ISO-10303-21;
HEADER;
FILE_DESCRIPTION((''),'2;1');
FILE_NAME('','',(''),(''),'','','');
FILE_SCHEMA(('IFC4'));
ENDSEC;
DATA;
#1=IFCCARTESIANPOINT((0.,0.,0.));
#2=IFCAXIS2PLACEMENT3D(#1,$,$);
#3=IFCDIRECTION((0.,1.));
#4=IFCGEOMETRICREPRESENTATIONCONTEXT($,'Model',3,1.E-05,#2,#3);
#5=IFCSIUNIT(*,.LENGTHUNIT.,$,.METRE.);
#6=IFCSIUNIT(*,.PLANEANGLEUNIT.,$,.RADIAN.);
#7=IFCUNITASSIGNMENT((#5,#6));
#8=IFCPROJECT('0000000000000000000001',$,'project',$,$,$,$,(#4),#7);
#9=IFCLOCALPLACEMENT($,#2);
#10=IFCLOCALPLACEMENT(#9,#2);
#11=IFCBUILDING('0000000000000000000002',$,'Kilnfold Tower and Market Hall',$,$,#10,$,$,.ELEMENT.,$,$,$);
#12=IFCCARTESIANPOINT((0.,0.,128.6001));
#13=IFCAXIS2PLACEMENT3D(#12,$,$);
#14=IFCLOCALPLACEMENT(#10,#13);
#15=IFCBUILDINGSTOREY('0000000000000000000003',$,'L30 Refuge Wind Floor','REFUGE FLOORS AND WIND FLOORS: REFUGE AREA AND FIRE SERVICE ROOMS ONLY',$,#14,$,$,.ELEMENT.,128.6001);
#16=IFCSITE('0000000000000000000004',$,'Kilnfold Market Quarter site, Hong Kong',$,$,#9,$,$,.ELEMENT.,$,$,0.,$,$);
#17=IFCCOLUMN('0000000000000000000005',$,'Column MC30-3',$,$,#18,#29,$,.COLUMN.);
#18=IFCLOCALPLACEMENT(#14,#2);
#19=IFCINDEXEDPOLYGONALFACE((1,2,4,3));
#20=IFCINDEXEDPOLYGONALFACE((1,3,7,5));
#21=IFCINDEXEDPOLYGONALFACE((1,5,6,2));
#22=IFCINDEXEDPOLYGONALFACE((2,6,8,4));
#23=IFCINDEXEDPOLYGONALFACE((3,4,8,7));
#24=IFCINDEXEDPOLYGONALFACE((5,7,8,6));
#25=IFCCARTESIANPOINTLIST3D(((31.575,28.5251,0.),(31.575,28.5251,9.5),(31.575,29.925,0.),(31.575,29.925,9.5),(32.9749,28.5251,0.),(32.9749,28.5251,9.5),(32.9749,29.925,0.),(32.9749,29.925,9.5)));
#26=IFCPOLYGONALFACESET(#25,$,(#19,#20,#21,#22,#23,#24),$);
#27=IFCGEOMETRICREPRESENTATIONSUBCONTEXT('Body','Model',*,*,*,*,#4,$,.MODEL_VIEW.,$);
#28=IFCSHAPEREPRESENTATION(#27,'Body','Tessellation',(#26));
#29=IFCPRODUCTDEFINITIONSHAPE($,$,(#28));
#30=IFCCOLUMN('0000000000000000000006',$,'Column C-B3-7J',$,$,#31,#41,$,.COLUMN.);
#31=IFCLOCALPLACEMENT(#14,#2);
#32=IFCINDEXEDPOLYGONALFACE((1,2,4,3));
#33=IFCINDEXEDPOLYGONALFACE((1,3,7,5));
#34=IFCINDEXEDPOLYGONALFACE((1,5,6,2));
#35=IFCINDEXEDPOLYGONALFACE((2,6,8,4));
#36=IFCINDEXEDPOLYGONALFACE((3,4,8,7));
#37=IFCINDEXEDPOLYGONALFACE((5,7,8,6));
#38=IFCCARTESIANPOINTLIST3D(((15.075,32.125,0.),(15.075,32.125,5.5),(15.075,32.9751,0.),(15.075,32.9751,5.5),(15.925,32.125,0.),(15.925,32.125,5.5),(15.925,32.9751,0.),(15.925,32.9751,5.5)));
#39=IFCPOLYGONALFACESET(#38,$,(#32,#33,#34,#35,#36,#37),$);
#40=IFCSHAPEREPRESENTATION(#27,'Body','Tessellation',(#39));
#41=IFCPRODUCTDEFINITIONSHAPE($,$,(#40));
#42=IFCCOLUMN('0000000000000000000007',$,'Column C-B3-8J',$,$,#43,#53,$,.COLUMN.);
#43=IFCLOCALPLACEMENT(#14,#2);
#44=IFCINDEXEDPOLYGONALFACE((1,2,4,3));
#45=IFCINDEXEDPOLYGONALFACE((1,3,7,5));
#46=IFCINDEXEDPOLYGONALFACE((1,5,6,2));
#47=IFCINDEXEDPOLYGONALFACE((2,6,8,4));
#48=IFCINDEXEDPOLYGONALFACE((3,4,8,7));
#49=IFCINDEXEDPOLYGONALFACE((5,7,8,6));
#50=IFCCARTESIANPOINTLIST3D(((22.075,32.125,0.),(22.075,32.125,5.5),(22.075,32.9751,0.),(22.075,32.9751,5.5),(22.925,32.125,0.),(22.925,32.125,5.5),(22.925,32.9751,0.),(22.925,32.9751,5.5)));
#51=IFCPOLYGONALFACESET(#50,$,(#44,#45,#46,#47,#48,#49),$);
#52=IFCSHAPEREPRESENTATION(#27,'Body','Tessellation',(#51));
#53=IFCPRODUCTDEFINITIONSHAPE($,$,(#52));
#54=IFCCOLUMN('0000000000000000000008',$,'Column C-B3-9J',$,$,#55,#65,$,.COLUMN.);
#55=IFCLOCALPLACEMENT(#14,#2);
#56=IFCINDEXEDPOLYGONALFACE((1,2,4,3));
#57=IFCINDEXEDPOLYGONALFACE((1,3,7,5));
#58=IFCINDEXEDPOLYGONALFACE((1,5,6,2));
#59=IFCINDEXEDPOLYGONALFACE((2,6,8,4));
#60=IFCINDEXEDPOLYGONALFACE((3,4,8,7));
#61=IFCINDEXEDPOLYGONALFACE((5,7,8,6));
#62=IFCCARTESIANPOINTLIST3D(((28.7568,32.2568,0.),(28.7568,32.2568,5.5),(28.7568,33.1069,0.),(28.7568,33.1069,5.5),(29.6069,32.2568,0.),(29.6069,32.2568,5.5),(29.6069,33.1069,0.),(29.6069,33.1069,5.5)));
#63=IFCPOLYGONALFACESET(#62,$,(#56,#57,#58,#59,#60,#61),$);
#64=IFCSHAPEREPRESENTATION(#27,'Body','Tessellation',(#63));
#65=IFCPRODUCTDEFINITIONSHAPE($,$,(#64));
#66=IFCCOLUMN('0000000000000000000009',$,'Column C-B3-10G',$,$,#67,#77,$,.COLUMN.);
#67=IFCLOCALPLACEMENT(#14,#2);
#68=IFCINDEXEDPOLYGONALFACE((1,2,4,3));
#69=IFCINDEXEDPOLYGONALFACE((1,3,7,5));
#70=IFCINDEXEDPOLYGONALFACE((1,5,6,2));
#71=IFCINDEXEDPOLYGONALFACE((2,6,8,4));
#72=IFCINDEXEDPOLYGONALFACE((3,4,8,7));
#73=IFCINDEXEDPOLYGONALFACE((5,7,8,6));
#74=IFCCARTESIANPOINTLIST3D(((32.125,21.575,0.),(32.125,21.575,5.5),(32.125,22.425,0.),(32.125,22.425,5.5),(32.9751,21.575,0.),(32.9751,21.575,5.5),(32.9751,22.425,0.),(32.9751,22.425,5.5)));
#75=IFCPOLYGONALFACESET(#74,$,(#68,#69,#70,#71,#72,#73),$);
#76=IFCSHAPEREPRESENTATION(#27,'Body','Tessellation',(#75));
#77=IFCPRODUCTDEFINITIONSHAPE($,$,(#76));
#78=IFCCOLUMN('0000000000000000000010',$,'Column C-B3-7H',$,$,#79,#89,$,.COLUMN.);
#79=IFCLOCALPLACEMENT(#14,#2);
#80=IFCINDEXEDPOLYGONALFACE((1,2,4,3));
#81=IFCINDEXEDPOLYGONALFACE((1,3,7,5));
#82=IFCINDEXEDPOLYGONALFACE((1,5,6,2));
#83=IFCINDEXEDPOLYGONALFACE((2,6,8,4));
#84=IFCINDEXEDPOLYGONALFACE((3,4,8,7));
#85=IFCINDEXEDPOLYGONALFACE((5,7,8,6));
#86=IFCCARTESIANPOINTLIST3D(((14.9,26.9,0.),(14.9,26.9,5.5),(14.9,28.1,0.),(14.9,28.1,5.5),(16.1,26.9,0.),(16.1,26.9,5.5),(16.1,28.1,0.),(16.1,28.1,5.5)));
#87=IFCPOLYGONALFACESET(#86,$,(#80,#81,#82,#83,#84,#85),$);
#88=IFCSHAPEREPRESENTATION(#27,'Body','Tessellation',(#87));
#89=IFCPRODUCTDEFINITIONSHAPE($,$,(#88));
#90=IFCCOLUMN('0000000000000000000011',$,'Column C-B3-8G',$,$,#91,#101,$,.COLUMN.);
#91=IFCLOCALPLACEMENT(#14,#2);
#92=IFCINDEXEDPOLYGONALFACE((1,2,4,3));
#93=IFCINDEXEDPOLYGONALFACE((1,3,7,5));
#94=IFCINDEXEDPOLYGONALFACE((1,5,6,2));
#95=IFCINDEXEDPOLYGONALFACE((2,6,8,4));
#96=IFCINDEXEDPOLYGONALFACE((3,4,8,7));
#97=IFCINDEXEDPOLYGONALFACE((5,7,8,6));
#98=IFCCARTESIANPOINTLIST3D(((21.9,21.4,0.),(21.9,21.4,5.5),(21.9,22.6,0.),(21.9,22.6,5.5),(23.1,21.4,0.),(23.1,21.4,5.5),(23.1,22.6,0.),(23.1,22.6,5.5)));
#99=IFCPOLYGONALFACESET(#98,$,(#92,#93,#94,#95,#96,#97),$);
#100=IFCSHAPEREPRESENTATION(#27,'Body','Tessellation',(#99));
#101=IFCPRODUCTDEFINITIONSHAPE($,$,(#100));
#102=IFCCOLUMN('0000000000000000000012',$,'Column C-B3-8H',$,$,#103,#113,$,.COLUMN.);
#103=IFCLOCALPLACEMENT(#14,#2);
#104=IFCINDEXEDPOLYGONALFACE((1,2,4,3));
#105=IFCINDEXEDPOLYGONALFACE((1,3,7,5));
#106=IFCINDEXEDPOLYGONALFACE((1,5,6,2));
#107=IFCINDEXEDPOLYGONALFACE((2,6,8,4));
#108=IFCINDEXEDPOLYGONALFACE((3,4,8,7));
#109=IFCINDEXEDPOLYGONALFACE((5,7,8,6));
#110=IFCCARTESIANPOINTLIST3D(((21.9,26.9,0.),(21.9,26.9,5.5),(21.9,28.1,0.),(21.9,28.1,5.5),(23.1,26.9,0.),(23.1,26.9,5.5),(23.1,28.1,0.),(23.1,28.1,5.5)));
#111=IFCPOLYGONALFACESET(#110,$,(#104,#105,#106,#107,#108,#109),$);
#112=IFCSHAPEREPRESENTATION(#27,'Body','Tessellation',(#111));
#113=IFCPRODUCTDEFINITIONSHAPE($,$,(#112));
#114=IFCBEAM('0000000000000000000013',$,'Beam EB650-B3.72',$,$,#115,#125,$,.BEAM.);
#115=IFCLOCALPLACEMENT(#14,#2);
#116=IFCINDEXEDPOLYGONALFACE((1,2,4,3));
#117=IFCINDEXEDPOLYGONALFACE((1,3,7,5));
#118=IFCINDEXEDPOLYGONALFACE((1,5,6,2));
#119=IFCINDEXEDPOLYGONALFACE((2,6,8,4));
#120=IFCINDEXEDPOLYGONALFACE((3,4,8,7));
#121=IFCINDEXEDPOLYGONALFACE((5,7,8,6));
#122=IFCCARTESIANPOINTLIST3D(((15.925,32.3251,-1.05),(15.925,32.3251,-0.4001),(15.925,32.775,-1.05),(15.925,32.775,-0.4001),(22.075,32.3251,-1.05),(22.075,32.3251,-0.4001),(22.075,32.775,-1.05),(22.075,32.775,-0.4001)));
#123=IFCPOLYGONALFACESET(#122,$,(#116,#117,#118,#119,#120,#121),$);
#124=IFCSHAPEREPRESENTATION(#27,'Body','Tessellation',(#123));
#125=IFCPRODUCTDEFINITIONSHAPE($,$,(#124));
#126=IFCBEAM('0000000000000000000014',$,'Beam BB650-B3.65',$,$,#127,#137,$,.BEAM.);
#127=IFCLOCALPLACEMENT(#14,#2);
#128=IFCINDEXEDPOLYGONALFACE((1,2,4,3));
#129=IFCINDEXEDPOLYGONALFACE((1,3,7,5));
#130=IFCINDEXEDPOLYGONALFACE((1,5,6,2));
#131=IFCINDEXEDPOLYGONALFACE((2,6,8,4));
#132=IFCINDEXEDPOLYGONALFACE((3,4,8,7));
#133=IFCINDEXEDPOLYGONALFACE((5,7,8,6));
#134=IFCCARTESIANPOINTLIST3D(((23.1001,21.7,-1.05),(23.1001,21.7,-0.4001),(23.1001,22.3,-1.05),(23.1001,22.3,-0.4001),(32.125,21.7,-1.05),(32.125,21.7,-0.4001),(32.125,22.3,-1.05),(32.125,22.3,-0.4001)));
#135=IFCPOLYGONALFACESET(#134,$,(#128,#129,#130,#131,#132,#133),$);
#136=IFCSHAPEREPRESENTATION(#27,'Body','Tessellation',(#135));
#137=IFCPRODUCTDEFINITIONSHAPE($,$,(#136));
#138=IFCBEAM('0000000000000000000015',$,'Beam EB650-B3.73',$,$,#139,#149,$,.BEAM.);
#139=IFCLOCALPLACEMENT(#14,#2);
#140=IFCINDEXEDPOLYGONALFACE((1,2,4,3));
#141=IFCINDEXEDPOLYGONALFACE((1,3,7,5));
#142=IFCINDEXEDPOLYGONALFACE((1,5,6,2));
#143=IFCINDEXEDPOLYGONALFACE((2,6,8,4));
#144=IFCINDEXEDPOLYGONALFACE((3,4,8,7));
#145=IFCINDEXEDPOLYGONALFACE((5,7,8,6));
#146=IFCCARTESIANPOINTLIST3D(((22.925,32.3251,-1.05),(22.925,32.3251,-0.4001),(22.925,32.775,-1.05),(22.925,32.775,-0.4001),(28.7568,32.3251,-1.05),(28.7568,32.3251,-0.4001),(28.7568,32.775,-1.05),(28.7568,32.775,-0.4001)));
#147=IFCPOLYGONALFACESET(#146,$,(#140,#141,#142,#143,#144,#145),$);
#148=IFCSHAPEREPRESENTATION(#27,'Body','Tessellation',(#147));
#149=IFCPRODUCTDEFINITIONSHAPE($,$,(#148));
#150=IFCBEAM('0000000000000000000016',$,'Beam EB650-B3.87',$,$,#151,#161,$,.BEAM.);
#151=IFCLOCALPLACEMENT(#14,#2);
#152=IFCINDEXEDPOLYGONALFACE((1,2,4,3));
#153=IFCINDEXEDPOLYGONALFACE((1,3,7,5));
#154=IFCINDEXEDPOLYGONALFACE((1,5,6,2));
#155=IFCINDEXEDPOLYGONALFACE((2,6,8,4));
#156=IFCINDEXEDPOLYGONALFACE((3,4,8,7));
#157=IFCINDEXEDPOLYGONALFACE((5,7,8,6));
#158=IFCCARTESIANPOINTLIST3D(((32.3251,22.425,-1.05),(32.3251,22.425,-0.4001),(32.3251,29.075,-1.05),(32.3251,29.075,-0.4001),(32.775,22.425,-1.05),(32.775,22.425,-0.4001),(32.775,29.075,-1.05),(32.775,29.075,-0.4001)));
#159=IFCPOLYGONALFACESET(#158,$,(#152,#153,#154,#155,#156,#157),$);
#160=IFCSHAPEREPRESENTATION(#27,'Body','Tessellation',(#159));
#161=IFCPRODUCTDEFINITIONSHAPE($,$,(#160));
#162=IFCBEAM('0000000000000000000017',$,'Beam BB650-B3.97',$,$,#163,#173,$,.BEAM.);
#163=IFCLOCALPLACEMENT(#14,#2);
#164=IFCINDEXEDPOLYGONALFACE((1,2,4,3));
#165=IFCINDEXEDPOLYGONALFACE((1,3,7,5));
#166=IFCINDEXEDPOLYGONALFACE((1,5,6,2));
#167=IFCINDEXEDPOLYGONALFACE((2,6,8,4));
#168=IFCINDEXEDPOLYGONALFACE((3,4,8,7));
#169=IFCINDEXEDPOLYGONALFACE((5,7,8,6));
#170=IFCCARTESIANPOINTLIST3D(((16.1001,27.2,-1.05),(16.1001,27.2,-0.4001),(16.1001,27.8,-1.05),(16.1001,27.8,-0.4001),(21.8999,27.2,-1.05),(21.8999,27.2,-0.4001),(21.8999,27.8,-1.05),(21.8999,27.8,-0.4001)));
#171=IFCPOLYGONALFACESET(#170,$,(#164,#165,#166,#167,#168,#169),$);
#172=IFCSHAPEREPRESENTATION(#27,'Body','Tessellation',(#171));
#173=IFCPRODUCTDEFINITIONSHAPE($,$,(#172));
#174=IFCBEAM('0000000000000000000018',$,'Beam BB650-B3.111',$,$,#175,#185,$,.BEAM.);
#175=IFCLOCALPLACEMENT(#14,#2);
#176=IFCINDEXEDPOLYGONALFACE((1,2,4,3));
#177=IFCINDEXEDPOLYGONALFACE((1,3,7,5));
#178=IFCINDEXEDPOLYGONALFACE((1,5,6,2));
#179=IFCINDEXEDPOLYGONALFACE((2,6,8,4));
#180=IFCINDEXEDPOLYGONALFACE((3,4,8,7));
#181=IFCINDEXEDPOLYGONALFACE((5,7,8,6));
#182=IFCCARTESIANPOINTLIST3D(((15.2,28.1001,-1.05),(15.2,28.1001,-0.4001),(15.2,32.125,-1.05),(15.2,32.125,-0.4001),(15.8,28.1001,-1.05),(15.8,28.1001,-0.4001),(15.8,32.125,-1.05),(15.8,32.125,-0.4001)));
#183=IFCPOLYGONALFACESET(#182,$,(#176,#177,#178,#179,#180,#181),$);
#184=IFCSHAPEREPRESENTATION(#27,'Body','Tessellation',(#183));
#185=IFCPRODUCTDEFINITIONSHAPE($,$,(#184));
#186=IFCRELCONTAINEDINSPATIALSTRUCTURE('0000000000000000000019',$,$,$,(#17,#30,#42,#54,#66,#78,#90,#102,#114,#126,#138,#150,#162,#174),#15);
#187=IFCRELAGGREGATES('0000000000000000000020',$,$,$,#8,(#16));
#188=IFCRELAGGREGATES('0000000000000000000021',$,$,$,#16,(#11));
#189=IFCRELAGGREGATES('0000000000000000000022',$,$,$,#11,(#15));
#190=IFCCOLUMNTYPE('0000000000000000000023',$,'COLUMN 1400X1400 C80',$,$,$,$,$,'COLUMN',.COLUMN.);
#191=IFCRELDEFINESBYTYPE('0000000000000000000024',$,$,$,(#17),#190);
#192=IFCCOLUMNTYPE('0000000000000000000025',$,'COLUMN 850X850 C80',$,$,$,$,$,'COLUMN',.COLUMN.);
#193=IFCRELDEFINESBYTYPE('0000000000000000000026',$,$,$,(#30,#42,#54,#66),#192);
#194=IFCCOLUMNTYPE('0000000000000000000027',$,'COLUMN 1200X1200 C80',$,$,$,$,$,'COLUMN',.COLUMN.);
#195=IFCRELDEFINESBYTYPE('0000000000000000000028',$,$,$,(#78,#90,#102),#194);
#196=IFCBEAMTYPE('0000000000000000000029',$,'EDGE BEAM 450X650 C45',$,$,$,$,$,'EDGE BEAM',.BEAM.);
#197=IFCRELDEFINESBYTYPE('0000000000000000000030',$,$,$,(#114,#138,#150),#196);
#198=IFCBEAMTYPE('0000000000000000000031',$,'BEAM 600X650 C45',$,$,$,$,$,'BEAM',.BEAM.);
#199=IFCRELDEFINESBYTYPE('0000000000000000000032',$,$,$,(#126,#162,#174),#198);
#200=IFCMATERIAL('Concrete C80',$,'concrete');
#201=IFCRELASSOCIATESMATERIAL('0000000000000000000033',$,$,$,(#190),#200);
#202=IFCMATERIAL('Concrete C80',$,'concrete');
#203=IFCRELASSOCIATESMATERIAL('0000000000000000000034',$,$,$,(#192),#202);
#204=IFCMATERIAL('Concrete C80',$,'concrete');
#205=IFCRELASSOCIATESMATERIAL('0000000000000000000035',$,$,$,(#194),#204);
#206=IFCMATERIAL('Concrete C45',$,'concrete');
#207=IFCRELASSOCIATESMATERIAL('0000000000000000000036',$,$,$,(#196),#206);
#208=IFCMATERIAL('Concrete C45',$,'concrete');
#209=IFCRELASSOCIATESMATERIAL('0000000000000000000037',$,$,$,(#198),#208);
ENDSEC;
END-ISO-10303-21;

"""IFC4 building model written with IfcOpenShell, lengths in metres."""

from ifc_helpers import new_model, si_unit, direction, frame, origin, origin_2d, place, context, subcontext, project, spatial, rectangle, extrude, source, transform, mapped, material, material_profile, profile_set, type_object, element, save


model = new_model("IFC4")

# Units and contexts
model_context = context("Model", 3, precision=1e-05, world=origin(), true_north=direction((0.0, 1.0)))
body_context = subcontext(model_context, "Body", "Model", "MODEL_VIEW")
ifc_project = project(units=[si_unit("LENGTHUNIT", "METRE"), si_unit("PLANEANGLEUNIT", "RADIAN")], contexts=[model_context])

# Site, building, storey
site_placement = place(None, origin())
site = spatial("IfcSite", under=ifc_project, at=site_placement, Name="Kilnfold Market Quarter site, Hong Kong", CompositionType="ELEMENT", RefElevation=0.0)
building_placement = place(site_placement, origin())
building = spatial("IfcBuilding", under=site, at=building_placement, Name="Kilnfold Tower and Market Hall", CompositionType="ELEMENT")
storey_placement = place(building_placement, frame((0.0, 0.0, 128.6001)))
storey = spatial("IfcBuildingStorey", under=building, at=storey_placement, Name="L30 Refuge Wind Floor", Description="REFUGE FLOORS AND WIND FLOORS: REFUGE AREA AND FIRE SERVICE ROOMS ONLY", CompositionType="ELEMENT", Elevation=128.6001)

# Columns
ifc_material_1 = material(Name="Concrete C80", Category="concrete")
ifc_material_profile_1 = material_profile(ifc_material_1, rectangle(XDim=1.3999, YDim=1.3999, at=origin_2d()), Name="RC 1400x1400")
ifc_profile_set_1 = profile_set([ifc_material_profile_1], Name="Concrete C80")
column_type_1 = type_object("IfcColumnType", Name="COLUMN 1400X1400 C80", ElementType="COLUMN", PredefinedType="COLUMN", material=ifc_profile_set_1)
shared_shape_1 = source(origin(), body_context, "Body", "SweptSolid", [
    extrude(rectangle(XDim=1.3999, YDim=1.3999, at=origin_2d()), origin(), (0.0, 0.0, 1.0), 9.5),
])
column_placement = place(storey_placement, frame((32.2749, 29.2251, 0.0), z_axis=(0.0, 0.0, 1.0), x_axis=(1.0, 0.0, 0.0)))
element("IfcColumn", 1, at=column_placement, inside=storey, type_object=column_type_1, Name="Column MC30-3", PredefinedType="COLUMN", context=body_context, shape_type="MappedRepresentation", body=[
    mapped(shared_shape_1, transform((0.0, 0.0, 0.0))),
])
ifc_material_2 = material(Name="Concrete C80", Category="concrete")
ifc_material_profile_2 = material_profile(ifc_material_2, rectangle(XDim=0.8501, YDim=0.8501, at=origin_2d()), Name="RC 850x850")
ifc_profile_set_2 = profile_set([ifc_material_profile_2], Name="Concrete C80")
column_type_2 = type_object("IfcColumnType", Name="COLUMN 850X850 C80", ElementType="COLUMN", PredefinedType="COLUMN", material=ifc_profile_set_2)
shared_shape_2 = source(origin(), body_context, "Body", "SweptSolid", [
    extrude(rectangle(XDim=0.8501, YDim=0.8501, at=origin_2d()), origin(), (0.0, 0.0, 1.0), 5.5),
])
for number, where, z_axis, x_axis, name in (
    (2, (15.5, 32.55, 0.0), (0.0, 0.0, 1.0), (1.0, 0.0, 0.0), "Column C-B3-7J"),
    (3, (22.5, 32.55, 0.0), (0.0, 0.0, 1.0), (1.0, 0.0, 0.0), "Column C-B3-8J"),
    (4, (29.1819, 32.6819, 0.0), (0.0, 0.0, 1.0), (1.0, 0.0, 0.0), "Column C-B3-9J"),
    (5, (32.55, 22.0, 0.0), (0.0, 0.0, 1.0), (1.0, 0.0, 0.0), "Column C-B3-10G"),
):
    element("IfcColumn", number, at=place(storey_placement, frame(where, z_axis=z_axis, x_axis=x_axis)), inside=storey, type_object=column_type_2, Name=name, PredefinedType="COLUMN", context=body_context, shape_type="MappedRepresentation", body=[
        mapped(shared_shape_2, transform((0.0, 0.0, 0.0))),
    ])
ifc_material_3 = material(Name="Concrete C80", Category="concrete")
ifc_material_profile_3 = material_profile(ifc_material_3, rectangle(XDim=1.2, YDim=1.2, at=origin_2d()), Name="RC 1200x1200")
ifc_profile_set_3 = profile_set([ifc_material_profile_3], Name="Concrete C80")
column_type_3 = type_object("IfcColumnType", Name="COLUMN 1200X1200 C80", ElementType="COLUMN", PredefinedType="COLUMN", material=ifc_profile_set_3)
shared_shape_3 = source(origin(), body_context, "Body", "SweptSolid", [
    extrude(rectangle(XDim=1.2, YDim=1.2, at=origin_2d()), origin(), (0.0, 0.0, 1.0), 5.5),
])
for number, where, z_axis, x_axis, name in (
    (6, (15.5, 27.5, 0.0), (0.0, 0.0, 1.0), (1.0, 0.0, 0.0), "Column C-B3-7H"),
    (7, (22.5, 22.0, 0.0), (0.0, 0.0, 1.0), (1.0, 0.0, 0.0), "Column C-B3-8G"),
    (8, (22.5, 27.5, 0.0), (0.0, 0.0, 1.0), (1.0, 0.0, 0.0), "Column C-B3-8H"),
):
    element("IfcColumn", number, at=place(storey_placement, frame(where, z_axis=z_axis, x_axis=x_axis)), inside=storey, type_object=column_type_3, Name=name, PredefinedType="COLUMN", context=body_context, shape_type="MappedRepresentation", body=[
        mapped(shared_shape_3, transform((0.0, 0.0, 0.0))),
    ])

# Beams
ifc_material_4 = material(Name="Concrete C45", Category="concrete")
ifc_material_profile_4 = material_profile(ifc_material_4, rectangle(XDim=0.45, YDim=0.6499, at=origin_2d()), Name="RC 450x650")
ifc_profile_set_4 = profile_set([ifc_material_profile_4], Name="Concrete C45")
beam_type_1 = type_object("IfcBeamType", Name="EDGE BEAM 450X650 C45", ElementType="EDGE BEAM", PredefinedType="BEAM", material=ifc_profile_set_4)
shared_shape_4 = source(origin(), body_context, "Body", "SweptSolid", [
    extrude(rectangle(XDim=0.45, YDim=0.6499, at=origin_2d()), origin(), (0.0, 0.0, 1.0), 6.1499),
])
beam_1_placement = place(storey_placement, frame((15.925, 32.55, -0.7251), z_axis=(1.0, 0.0, 0.0), x_axis=(0.0, 1.0, 0.0)))
element("IfcBeam", 9, at=beam_1_placement, inside=storey, type_object=beam_type_1, Name="Beam EB650-B3.72", PredefinedType="BEAM", context=body_context, shape_type="MappedRepresentation", body=[
    mapped(shared_shape_4, transform((0.0, 0.0, 0.0))),
])
ifc_material_5 = material(Name="Concrete C45", Category="concrete")
ifc_material_profile_5 = material_profile(ifc_material_5, rectangle(XDim=0.6001, YDim=0.6499, at=origin_2d()), Name="RC 600x650")
ifc_profile_set_5 = profile_set([ifc_material_profile_5], Name="Concrete C45")
beam_type_2 = type_object("IfcBeamType", Name="BEAM 600X650 C45", ElementType="BEAM", PredefinedType="BEAM", material=ifc_profile_set_5)
shared_shape_5 = source(origin(), body_context, "Body", "SweptSolid", [
    extrude(rectangle(XDim=0.6001, YDim=0.6499, at=origin_2d()), origin(), (0.0, 0.0, 1.0), 9.0249),
])
beam_2_placement = place(storey_placement, frame((23.1001, 22.0, -0.7251), z_axis=(1.0, 0.0, 0.0), x_axis=(0.0, 1.0, 0.0)))
element("IfcBeam", 10, at=beam_2_placement, inside=storey, type_object=beam_type_2, Name="Beam BB650-B3.65", PredefinedType="BEAM", context=body_context, shape_type="MappedRepresentation", body=[
    mapped(shared_shape_5, transform((0.0, 0.0, 0.0))),
])
shared_shape_6 = source(origin(), body_context, "Body", "SweptSolid", [
    extrude(rectangle(XDim=0.45, YDim=0.6499, at=origin_2d()), origin(), (0.0, 0.0, 1.0), 5.8318),
])
beam_3_placement = place(storey_placement, frame((22.925, 32.55, -0.7251), z_axis=(1.0, 0.0, 0.0), x_axis=(0.0, 1.0, 0.0)))
element("IfcBeam", 11, at=beam_3_placement, inside=storey, type_object=beam_type_1, Name="Beam EB650-B3.73", PredefinedType="BEAM", context=body_context, shape_type="MappedRepresentation", body=[
    mapped(shared_shape_6, transform((0.0, 0.0, 0.0))),
])
shared_shape_7 = source(origin(), body_context, "Body", "SweptSolid", [
    extrude(rectangle(XDim=0.45, YDim=0.6499, at=origin_2d()), origin(), (0.0, 0.0, 1.0), 6.6499),
])
beam_4_placement = place(storey_placement, frame((32.55, 22.425, -0.7251), z_axis=(0.0, 1.0, 0.0), x_axis=(-1.0, 0.0, 0.0)))
element("IfcBeam", 12, at=beam_4_placement, inside=storey, type_object=beam_type_1, Name="Beam EB650-B3.87", PredefinedType="BEAM", context=body_context, shape_type="MappedRepresentation", body=[
    mapped(shared_shape_7, transform((0.0, 0.0, 0.0))),
])
shared_shape_8 = source(origin(), body_context, "Body", "SweptSolid", [
    extrude(rectangle(XDim=0.6001, YDim=0.6499, at=origin_2d()), origin(), (0.0, 0.0, 1.0), 5.7998),
])
beam_5_placement = place(storey_placement, frame((16.1001, 27.5, -0.7251), z_axis=(1.0, 0.0, 0.0), x_axis=(0.0, 1.0, 0.0)))
element("IfcBeam", 13, at=beam_5_placement, inside=storey, type_object=beam_type_2, Name="Beam BB650-B3.97", PredefinedType="BEAM", context=body_context, shape_type="MappedRepresentation", body=[
    mapped(shared_shape_8, transform((0.0, 0.0, 0.0))),
])
shared_shape_9 = source(origin(), body_context, "Body", "SweptSolid", [
    extrude(rectangle(XDim=0.6001, YDim=0.6499, at=origin_2d()), origin(), (0.0, 0.0, 1.0), 4.0249),
])
for number, where, z_axis, x_axis, name in (
    (14, (15.5, 28.1001, -0.7251), (0.0, 1.0, 0.0), (-1.0, 0.0, 0.0), "Beam BB650-B3.111"),
):
    element("IfcBeam", number, at=place(storey_placement, frame(where, z_axis=z_axis, x_axis=x_axis)), inside=storey, type_object=beam_type_2, Name=name, PredefinedType="BEAM", context=body_context, shape_type="MappedRepresentation", body=[
        mapped(shared_shape_9, transform((0.0, 0.0, 0.0))),
    ])

save(model, "model.ifc")
